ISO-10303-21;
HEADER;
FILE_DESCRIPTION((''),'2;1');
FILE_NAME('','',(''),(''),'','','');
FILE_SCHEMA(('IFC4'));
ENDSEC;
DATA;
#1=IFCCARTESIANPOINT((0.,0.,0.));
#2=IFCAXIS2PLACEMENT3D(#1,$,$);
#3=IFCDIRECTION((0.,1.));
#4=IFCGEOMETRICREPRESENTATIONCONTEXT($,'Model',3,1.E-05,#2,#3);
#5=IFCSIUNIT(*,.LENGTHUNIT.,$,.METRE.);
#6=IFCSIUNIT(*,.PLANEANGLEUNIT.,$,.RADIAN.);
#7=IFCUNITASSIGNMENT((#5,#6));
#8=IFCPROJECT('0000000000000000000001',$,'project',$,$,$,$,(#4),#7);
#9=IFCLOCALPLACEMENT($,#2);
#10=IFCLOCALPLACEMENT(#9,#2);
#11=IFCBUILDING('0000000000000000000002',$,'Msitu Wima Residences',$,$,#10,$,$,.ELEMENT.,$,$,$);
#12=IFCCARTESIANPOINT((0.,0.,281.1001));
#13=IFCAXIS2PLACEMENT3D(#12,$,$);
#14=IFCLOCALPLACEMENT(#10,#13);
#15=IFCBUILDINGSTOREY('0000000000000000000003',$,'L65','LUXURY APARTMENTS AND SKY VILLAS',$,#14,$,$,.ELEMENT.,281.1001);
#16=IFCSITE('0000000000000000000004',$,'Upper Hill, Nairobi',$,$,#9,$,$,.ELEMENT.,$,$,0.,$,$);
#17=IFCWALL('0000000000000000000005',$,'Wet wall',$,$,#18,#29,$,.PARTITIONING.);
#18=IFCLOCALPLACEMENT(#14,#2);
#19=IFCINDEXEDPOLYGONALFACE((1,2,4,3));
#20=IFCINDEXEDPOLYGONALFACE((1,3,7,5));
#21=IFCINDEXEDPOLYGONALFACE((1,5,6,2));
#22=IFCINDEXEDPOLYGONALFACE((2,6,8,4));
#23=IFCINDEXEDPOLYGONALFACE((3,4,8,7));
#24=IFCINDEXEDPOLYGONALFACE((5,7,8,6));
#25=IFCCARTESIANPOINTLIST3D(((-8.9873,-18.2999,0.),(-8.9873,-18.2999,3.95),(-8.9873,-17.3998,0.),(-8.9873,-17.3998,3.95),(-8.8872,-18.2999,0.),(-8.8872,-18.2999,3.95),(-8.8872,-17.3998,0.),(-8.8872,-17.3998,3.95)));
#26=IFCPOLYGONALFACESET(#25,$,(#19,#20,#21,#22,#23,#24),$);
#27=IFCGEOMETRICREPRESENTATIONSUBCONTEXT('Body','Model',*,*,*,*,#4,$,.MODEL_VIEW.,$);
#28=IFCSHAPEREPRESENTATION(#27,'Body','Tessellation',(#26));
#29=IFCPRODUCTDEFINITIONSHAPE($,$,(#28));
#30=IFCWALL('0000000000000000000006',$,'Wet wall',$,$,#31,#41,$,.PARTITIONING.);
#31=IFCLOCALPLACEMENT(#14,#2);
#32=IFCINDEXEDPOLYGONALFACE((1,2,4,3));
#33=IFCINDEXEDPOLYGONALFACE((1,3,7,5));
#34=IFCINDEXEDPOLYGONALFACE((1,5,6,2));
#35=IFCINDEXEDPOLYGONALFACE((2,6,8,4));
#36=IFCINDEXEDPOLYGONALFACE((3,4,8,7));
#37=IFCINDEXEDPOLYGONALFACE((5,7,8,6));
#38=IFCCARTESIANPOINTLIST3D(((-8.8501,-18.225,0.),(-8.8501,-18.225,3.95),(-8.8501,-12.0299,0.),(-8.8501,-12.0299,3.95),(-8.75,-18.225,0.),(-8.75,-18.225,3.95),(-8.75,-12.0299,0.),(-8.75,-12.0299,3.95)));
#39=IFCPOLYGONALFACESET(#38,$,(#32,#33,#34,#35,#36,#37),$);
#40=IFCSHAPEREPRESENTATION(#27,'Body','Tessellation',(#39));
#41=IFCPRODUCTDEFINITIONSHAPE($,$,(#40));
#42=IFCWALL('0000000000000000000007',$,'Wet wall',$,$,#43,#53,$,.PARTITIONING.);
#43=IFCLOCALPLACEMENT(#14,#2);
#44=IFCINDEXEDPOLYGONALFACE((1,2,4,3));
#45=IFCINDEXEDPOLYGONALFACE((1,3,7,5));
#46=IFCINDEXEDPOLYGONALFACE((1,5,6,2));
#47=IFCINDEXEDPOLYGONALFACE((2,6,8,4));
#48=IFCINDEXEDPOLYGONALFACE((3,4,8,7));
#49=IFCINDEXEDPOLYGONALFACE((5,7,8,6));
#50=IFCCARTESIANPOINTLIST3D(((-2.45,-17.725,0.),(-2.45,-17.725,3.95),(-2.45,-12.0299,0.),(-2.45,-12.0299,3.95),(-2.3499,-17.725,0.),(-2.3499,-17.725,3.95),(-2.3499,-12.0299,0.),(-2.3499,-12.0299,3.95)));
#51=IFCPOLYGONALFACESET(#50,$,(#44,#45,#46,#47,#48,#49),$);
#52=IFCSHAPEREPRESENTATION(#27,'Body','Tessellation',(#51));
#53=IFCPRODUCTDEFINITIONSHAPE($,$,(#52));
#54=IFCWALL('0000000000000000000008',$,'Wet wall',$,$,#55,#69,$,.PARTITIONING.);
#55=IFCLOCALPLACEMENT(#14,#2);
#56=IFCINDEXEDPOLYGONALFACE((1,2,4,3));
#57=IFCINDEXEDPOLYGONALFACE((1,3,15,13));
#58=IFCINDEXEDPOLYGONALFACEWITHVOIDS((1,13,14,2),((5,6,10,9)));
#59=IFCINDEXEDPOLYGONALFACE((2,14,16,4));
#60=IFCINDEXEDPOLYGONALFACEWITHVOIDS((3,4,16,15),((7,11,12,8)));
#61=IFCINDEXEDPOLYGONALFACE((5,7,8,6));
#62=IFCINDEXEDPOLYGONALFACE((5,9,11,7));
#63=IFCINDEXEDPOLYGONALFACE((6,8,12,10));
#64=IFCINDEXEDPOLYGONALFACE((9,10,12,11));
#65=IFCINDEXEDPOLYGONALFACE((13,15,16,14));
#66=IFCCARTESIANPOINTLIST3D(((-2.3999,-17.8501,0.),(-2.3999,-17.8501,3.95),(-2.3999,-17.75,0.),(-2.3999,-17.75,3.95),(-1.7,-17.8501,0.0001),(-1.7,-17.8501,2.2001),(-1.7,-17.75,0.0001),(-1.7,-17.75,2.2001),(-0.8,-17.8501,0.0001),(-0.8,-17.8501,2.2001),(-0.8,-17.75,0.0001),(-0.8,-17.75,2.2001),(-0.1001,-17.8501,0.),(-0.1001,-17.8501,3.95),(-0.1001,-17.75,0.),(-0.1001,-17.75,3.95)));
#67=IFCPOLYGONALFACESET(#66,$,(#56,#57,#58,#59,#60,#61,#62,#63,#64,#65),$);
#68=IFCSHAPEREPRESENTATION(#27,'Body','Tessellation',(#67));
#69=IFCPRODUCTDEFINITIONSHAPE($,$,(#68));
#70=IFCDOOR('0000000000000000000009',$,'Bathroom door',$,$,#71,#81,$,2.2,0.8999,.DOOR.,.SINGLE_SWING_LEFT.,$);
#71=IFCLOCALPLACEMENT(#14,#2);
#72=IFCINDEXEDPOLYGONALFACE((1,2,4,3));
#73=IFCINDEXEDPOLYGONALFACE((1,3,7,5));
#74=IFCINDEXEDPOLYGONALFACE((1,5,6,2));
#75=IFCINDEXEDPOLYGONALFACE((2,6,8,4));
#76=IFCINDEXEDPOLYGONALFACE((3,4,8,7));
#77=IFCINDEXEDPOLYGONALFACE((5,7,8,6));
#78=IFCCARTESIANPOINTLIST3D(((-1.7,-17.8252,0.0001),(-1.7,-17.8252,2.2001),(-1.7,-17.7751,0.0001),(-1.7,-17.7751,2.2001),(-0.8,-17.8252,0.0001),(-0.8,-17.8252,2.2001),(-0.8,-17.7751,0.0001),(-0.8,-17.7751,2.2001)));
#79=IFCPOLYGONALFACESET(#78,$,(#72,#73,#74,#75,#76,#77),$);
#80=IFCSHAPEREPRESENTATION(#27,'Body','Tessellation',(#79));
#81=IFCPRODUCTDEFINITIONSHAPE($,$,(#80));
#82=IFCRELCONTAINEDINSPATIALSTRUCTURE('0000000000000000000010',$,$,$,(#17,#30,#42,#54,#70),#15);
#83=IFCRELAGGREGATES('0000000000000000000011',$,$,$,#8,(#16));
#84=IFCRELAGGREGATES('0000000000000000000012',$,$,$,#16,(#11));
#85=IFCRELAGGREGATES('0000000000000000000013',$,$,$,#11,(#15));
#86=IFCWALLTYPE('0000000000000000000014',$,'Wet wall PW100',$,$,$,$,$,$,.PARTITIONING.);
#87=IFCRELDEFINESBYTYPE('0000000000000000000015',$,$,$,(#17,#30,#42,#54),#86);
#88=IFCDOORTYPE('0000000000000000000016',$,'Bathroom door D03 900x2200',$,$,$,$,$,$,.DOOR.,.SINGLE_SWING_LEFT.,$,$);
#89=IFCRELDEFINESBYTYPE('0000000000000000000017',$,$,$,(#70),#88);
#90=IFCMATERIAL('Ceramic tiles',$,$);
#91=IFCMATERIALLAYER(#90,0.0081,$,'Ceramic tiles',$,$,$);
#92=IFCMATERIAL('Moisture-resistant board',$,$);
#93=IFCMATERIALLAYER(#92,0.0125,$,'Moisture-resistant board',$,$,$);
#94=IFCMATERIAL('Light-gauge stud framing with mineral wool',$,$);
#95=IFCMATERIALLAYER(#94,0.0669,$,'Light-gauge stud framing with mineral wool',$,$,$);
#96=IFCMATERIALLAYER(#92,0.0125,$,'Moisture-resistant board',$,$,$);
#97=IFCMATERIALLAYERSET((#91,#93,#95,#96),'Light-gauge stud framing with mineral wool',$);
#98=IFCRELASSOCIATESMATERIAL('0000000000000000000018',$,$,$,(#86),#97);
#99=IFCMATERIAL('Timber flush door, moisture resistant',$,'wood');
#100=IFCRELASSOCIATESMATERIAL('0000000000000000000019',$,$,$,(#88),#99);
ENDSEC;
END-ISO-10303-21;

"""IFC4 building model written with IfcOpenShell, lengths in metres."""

from ifc_helpers import new_model, si_unit, direction, frame, frame_2d, origin, place, context, subcontext, project, spatial, rectangle, extrude, material, layer, layer_set, type_object, element, fill, save


model = new_model("IFC4")

# Units and contexts
model_context = context("Model", 3, precision=1e-05, world=origin(), true_north=direction((0.0, 1.0)))
body_context = subcontext(model_context, "Body", "Model", "MODEL_VIEW")
ifc_project = project(units=[si_unit("LENGTHUNIT", "METRE"), si_unit("PLANEANGLEUNIT", "RADIAN")], contexts=[model_context])

# Site, building, storey
site_placement = place(None, origin())
site = spatial("IfcSite", under=ifc_project, at=site_placement, Name="Upper Hill, Nairobi", CompositionType="ELEMENT", RefElevation=0.0)
building_placement = place(site_placement, origin())
building = spatial("IfcBuilding", under=site, at=building_placement, Name="Msitu Wima Residences", CompositionType="ELEMENT")
storey_placement = place(building_placement, frame((0.0, 0.0, 281.1001)))
storey = spatial("IfcBuildingStorey", under=building, at=storey_placement, Name="L65", Description="LUXURY APARTMENTS AND SKY VILLAS", CompositionType="ELEMENT", Elevation=281.1001)

# Shared definitions
ifc_material_1 = material(Name="Ceramic tiles")
ifc_layer_1 = layer(ifc_material_1, 0.0081, Name="Ceramic tiles")
ifc_material_2 = material(Name="Moisture-resistant board")
ifc_layer_2 = layer(ifc_material_2, 0.0125, Name="Moisture-resistant board")
ifc_material_3 = material(Name="Light-gauge stud framing with mineral wool")
ifc_layer_3 = layer(ifc_material_3, 0.0669, Name="Light-gauge stud framing with mineral wool")
ifc_layer_4 = layer(ifc_material_2, 0.0125, Name="Moisture-resistant board")
ifc_layer_set_1 = layer_set([ifc_layer_1, ifc_layer_2, ifc_layer_3, ifc_layer_4], Name="Light-gauge stud framing with mineral wool")
wall_type_1 = type_object("IfcWallType", Name="Wet wall PW100", PredefinedType="PARTITIONING", material=ifc_layer_set_1)
ifc_material_4 = material(Name="Timber flush door, moisture resistant", Category="wood")
door_type_1 = type_object("IfcDoorType", Name="Bathroom door D03 900x2200", OperationType="SINGLE_SWING_LEFT", PredefinedType="DOOR", material=ifc_material_4)

# Walls
wall_1_placement = place(storey_placement, frame((-8.9373, -18.3, 0.0), z_axis=(0.0, 0.0, 1.0), x_axis=(0.0, 1.0, 0.0)))
element("IfcWall", 1, at=wall_1_placement, inside=storey, type_object=wall_type_1, Name="Wet wall", PredefinedType="PARTITIONING", context=body_context, shape_type="SweptSolid", body=[
    extrude(rectangle(XDim=0.9001, YDim=0.1001, at=frame_2d((0.4502, 0.0))), origin(), (0.0, 0.0, 1.0), 3.95),
])
wall_2_placement = place(storey_placement, frame((-8.8, -18.2251, 0.0), z_axis=(0.0, 0.0, 1.0), x_axis=(0.0, 1.0, 0.0)))
element("IfcWall", 2, at=wall_2_placement, inside=storey, type_object=wall_type_1, Name="Wet wall", PredefinedType="PARTITIONING", context=body_context, shape_type="SweptSolid", body=[
    extrude(rectangle(XDim=6.1951, YDim=0.1001, at=frame_2d((3.0977, 0.0))), origin(), (0.0, 0.0, 1.0), 3.95),
])
wall_3_placement = place(storey_placement, frame((-2.3999, -17.7251, 0.0), z_axis=(0.0, 0.0, 1.0), x_axis=(0.0, 1.0, 0.0)))
element("IfcWall", 3, at=wall_3_placement, inside=storey, type_object=wall_type_1, Name="Wet wall", PredefinedType="PARTITIONING", context=body_context, shape_type="SweptSolid", body=[
    extrude(rectangle(XDim=5.6951, YDim=0.1001, at=frame_2d((2.8477, 0.0))), origin(), (0.0, 0.0, 1.0), 3.95),
])

# Wall, opening, door
wall_4_placement = place(storey_placement, frame((-2.3999, -17.8, 0.0), z_axis=(0.0, 0.0, 1.0), x_axis=(1.0, 0.0, 0.0)))
wall_4 = element("IfcWall", 4, at=wall_4_placement, inside=storey, type_object=wall_type_1, Name="Wet wall", PredefinedType="PARTITIONING", context=body_context, shape_type="SweptSolid", body=[
    extrude(rectangle(XDim=2.2998, YDim=0.1001, at=frame_2d((1.1499, 0.0))), origin(), (0.0, 0.0, 1.0), 3.95),
])
opening_1_placement = place(wall_4_placement, frame((0.7, 0.0, 0.0)))
opening_1 = element("IfcOpeningElement", 5, at=opening_1_placement, cuts=wall_4, PredefinedType="OPENING", context=body_context, shape_type="SweptSolid", body=[
    extrude(rectangle(XDim=0.8999, YDim=2.2, at=frame_2d((0.45, 1.1001))), frame((0.0, 0.0601, 0.0), z_axis=(0.0, -1.0, 0.0), x_axis=(1.0, 0.0, 0.0)), (0.0, 0.0, 1.0), 0.1201),
])
door_1_placement = place(opening_1_placement, origin())
door_1 = element("IfcDoor", 6, at=door_1_placement, inside=storey, type_object=door_type_1, Name="Bathroom door", OperationType="SINGLE_SWING_LEFT", OverallHeight=2.2, OverallWidth=0.8999, PredefinedType="DOOR", context=body_context, shape_type="SweptSolid", body=[
    extrude(rectangle(XDim=0.8999, YDim=2.2, at=frame_2d((0.45, 1.1001))), frame((0.0, 0.0249, 0.0), z_axis=(0.0, -1.0, 0.0), x_axis=(1.0, 0.0, 0.0)), (0.0, 0.0, 1.0), 0.05),
])
fill(opening_1, door_1)

save(model, "model.ifc")
